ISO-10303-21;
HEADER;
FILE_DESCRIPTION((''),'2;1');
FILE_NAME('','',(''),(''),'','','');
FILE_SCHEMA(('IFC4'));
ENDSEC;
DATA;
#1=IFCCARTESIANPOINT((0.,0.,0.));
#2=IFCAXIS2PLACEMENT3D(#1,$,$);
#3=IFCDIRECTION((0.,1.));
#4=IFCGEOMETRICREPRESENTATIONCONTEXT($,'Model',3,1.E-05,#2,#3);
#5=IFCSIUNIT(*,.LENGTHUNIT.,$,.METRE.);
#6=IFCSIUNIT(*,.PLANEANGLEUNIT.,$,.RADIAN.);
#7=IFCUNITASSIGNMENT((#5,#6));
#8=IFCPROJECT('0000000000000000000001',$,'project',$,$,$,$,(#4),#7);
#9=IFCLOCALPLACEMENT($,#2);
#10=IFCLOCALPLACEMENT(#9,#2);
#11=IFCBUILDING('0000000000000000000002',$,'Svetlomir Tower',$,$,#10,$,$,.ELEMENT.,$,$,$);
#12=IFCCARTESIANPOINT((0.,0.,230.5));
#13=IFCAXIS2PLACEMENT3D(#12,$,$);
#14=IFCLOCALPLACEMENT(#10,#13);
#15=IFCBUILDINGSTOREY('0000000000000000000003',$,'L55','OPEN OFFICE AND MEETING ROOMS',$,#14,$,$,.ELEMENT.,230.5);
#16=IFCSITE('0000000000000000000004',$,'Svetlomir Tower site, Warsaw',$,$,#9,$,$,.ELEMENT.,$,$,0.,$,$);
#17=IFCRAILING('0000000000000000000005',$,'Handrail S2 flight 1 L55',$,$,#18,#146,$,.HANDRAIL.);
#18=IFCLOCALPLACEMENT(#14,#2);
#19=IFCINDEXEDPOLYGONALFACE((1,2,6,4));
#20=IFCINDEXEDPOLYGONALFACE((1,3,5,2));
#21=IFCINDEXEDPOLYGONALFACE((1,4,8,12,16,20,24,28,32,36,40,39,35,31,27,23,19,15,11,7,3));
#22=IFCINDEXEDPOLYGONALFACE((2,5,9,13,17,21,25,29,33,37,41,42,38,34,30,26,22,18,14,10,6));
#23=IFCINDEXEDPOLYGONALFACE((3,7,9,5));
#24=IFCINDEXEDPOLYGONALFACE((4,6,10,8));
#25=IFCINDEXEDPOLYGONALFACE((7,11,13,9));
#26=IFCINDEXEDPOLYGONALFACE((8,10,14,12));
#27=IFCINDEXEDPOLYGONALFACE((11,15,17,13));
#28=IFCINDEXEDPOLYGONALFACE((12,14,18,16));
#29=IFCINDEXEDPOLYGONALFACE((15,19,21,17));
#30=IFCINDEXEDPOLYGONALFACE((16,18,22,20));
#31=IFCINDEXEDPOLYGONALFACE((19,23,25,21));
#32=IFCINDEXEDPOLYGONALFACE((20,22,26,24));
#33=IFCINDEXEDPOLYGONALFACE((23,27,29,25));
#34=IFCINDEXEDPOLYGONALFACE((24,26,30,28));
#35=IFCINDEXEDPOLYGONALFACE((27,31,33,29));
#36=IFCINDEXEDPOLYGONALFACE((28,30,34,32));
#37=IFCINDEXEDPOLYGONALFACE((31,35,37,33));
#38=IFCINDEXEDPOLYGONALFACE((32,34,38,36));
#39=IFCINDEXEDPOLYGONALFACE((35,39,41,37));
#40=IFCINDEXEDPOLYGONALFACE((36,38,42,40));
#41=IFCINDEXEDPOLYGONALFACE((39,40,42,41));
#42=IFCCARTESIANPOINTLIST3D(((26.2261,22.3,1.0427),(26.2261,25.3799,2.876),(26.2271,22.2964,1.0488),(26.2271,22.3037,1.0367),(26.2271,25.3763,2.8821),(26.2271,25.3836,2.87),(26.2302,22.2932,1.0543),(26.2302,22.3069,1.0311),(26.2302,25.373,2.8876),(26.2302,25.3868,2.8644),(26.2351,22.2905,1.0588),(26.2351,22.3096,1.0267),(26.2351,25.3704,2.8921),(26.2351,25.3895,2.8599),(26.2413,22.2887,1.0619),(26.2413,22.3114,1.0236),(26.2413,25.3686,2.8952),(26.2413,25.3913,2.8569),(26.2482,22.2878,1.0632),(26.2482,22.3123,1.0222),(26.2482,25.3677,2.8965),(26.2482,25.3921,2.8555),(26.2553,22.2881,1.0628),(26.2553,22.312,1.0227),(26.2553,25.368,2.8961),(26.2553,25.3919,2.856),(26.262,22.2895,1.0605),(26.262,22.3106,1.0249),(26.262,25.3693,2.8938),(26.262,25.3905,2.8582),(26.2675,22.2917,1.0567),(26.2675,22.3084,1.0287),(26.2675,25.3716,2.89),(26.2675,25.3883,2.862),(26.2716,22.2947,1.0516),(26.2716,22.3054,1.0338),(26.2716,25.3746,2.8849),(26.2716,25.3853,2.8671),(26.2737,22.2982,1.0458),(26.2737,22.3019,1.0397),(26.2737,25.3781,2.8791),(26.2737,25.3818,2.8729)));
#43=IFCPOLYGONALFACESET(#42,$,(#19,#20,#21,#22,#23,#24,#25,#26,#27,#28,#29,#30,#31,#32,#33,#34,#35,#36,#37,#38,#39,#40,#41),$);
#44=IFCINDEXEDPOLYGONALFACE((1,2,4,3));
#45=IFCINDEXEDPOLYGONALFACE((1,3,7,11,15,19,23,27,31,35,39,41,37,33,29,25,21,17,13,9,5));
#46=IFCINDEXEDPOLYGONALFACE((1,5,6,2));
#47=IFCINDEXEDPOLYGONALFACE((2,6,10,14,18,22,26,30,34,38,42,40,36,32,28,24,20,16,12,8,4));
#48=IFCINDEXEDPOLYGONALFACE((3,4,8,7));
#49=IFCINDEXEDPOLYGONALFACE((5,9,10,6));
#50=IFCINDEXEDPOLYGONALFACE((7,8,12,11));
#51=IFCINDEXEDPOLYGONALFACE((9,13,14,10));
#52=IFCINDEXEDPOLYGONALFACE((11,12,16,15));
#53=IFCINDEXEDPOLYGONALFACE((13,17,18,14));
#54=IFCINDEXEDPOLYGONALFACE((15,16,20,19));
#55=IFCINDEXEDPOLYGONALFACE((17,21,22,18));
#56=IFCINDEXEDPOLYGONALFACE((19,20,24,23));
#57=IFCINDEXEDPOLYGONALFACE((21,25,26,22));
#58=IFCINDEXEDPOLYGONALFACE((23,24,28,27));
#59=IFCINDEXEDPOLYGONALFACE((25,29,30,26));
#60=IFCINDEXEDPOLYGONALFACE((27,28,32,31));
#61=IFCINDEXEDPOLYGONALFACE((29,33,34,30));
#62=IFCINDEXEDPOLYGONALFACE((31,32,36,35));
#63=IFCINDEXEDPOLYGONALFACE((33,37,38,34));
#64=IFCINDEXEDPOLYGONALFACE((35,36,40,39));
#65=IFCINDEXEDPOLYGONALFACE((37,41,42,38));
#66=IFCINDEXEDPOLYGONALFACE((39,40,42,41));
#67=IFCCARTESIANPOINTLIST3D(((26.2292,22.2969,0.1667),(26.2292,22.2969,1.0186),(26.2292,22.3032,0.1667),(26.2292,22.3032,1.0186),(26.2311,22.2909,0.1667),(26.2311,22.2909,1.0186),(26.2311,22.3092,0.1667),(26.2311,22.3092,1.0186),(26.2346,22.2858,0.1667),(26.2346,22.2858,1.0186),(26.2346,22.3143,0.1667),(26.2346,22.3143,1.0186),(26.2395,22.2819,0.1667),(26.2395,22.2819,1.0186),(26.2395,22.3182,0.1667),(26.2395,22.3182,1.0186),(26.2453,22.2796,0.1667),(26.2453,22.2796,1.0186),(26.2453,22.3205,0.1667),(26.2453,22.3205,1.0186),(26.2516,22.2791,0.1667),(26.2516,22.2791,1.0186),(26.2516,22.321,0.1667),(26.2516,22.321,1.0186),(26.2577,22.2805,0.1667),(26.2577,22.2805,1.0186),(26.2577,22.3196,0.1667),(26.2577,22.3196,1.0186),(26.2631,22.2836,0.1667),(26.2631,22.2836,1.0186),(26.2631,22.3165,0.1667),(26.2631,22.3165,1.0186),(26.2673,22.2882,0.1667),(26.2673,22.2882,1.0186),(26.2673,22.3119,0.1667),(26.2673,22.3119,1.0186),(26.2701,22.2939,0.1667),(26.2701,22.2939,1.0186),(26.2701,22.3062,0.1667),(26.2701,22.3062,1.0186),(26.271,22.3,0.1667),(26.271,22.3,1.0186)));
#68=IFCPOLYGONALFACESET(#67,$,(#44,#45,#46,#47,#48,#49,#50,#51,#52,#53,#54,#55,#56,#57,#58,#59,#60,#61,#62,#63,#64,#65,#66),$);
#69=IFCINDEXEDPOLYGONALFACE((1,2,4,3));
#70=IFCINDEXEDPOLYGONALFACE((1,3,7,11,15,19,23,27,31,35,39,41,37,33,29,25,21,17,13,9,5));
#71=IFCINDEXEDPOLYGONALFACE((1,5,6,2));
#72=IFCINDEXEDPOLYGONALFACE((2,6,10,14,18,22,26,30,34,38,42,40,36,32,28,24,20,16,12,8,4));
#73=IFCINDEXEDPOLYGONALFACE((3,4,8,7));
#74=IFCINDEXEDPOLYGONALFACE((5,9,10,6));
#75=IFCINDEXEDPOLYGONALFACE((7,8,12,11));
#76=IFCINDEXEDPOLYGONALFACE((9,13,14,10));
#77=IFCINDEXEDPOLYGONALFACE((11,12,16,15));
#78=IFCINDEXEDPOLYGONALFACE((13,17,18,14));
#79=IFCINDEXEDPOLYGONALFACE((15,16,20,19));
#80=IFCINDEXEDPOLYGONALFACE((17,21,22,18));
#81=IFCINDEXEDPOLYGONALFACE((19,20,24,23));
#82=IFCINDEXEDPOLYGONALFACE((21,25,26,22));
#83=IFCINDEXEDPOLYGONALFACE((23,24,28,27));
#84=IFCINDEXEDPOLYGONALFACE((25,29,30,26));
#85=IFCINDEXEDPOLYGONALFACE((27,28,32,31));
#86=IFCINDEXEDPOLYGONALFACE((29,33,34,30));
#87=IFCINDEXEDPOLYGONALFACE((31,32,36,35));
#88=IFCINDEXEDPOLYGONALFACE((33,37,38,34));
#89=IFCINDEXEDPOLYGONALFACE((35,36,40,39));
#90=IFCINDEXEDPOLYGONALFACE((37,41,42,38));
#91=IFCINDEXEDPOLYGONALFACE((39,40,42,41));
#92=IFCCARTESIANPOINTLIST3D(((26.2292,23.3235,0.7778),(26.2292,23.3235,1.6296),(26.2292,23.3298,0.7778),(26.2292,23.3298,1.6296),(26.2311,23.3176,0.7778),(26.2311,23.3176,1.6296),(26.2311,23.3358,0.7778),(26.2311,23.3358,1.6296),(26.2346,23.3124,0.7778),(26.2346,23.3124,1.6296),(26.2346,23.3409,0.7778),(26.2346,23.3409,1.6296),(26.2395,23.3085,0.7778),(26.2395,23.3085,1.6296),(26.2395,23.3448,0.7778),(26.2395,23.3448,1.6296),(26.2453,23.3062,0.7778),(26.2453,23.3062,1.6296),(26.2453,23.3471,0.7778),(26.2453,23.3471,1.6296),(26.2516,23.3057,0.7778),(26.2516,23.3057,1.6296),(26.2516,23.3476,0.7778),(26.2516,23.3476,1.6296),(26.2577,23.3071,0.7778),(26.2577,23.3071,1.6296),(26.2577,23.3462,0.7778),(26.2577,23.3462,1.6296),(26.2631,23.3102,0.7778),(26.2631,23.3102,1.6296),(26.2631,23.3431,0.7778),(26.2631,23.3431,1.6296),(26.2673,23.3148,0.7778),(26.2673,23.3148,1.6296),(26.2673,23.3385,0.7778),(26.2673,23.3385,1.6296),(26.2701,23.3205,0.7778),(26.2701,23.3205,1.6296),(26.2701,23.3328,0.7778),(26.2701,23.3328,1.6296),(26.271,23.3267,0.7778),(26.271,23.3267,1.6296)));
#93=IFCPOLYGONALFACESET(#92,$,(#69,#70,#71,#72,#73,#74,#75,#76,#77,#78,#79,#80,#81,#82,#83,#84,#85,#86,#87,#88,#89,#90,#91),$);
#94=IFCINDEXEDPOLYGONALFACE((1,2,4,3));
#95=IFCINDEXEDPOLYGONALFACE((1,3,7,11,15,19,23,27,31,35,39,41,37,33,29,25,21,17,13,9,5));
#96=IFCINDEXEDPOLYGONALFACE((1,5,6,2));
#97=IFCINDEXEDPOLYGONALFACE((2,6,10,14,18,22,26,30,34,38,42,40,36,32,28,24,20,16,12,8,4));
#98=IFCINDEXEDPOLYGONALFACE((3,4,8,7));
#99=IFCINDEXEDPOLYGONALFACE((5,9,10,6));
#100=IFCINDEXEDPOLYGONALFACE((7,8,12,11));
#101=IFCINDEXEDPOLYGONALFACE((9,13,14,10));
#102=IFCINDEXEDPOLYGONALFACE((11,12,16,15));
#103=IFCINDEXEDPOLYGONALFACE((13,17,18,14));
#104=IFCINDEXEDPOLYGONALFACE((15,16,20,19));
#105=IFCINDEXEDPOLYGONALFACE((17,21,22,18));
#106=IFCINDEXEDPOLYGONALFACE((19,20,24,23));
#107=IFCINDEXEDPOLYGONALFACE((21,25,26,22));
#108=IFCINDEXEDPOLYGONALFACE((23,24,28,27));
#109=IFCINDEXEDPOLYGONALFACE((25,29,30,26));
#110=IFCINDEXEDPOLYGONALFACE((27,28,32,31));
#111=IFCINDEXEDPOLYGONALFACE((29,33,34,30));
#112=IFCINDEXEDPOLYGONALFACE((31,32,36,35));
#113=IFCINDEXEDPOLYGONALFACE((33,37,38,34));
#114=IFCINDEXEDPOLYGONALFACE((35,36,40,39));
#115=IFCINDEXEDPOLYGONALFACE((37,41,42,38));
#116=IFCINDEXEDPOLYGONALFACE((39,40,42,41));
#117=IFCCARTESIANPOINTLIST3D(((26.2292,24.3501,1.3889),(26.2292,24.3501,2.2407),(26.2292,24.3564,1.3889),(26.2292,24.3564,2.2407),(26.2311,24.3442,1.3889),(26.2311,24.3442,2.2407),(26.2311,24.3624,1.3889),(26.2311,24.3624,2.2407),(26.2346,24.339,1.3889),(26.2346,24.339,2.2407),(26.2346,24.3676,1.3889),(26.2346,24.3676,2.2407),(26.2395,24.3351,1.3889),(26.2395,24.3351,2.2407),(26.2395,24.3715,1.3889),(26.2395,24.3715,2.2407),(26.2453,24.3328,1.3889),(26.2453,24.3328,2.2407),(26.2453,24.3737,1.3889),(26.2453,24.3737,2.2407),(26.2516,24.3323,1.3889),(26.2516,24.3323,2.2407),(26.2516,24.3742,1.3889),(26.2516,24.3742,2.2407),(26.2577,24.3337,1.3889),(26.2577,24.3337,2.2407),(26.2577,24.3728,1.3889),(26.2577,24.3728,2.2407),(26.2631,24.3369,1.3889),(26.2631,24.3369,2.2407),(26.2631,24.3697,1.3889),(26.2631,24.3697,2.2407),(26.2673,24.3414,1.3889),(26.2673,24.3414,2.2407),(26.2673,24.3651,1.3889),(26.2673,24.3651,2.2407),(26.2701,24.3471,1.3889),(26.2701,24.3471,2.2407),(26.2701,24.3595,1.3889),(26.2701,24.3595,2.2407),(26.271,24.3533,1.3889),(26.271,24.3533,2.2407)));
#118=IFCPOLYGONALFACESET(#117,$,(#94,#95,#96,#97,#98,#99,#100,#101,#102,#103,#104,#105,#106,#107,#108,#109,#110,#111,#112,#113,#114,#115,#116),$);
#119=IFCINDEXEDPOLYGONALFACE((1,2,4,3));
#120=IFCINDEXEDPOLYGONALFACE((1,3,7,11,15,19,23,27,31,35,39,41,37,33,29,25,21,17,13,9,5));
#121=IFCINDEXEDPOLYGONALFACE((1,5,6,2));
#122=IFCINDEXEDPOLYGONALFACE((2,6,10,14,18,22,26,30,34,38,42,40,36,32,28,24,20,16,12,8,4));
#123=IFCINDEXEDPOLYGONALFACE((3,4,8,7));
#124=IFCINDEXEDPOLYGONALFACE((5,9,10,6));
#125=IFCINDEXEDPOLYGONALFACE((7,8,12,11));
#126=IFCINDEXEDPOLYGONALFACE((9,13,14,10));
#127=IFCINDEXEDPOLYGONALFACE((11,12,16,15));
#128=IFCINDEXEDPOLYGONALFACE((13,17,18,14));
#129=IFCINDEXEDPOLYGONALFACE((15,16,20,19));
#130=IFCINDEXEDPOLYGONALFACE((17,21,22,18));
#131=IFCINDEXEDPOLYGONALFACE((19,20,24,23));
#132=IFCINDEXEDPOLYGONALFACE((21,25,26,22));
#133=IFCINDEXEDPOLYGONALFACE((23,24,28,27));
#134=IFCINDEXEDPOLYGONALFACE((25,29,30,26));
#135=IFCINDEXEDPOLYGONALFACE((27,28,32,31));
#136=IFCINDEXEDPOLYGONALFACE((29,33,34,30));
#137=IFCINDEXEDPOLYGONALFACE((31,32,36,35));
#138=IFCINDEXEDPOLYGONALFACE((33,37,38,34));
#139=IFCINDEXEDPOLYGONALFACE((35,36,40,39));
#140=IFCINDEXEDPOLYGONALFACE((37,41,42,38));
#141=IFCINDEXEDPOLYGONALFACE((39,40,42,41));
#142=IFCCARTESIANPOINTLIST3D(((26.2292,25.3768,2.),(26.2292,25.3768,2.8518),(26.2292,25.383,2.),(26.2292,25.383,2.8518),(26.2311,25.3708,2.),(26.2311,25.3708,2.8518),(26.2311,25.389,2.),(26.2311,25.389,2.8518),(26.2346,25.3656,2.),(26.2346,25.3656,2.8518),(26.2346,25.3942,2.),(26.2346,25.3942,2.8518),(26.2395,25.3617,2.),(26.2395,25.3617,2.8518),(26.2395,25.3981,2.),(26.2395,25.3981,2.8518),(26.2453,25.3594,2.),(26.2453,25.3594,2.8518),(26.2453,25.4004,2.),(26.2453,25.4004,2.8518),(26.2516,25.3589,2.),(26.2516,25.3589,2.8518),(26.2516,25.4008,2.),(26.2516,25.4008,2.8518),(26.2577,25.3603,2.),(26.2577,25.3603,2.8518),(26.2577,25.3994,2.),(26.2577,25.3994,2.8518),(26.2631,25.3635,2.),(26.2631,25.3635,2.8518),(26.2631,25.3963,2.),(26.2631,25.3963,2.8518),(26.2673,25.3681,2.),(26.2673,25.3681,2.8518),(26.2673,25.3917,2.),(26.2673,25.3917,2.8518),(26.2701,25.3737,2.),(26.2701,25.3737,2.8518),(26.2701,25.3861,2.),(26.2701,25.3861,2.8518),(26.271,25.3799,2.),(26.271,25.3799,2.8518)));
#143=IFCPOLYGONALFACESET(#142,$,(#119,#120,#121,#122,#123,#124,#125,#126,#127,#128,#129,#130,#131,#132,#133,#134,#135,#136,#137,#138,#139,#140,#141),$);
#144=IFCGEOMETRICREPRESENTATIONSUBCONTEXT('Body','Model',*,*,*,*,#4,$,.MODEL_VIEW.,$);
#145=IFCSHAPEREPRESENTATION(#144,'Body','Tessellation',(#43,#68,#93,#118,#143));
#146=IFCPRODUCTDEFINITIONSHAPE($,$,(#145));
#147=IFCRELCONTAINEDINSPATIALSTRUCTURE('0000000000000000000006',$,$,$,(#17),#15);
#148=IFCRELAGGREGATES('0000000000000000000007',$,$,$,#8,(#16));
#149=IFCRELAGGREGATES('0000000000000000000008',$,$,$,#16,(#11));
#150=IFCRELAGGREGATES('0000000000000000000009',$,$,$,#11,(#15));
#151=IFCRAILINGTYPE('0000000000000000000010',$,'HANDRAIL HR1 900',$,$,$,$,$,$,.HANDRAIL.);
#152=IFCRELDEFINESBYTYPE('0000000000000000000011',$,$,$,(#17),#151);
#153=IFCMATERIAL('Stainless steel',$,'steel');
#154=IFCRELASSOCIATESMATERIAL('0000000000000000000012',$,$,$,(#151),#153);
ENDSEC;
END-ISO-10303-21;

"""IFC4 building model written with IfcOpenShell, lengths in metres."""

from ifc_helpers import new_model, si_unit, direction, frame, origin, origin_2d, place, context, subcontext, project, spatial, circle, extrude, material, type_object, element, save


model = new_model("IFC4")

# Units and contexts
model_context = context("Model", 3, precision=1e-05, world=origin(), true_north=direction((0.0, 1.0)))
body_context = subcontext(model_context, "Body", "Model", "MODEL_VIEW")
ifc_project = project(units=[si_unit("LENGTHUNIT", "METRE"), si_unit("PLANEANGLEUNIT", "RADIAN")], contexts=[model_context])

# Site, building, storey
site_placement = place(None, origin())
site = spatial("IfcSite", under=ifc_project, at=site_placement, Name="Svetlomir Tower site, Warsaw", CompositionType="ELEMENT", RefElevation=0.0)
building_placement = place(site_placement, origin())
building = spatial("IfcBuilding", under=site, at=building_placement, Name="Svetlomir Tower", CompositionType="ELEMENT")
storey_placement = place(building_placement, frame((0.0, 0.0, 230.5)))
storey = spatial("IfcBuildingStorey", under=building, at=storey_placement, Name="L55", Description="OPEN OFFICE AND MEETING ROOMS", CompositionType="ELEMENT", Elevation=230.5)

# Railing
ifc_material_1 = material(Name="Stainless steel", Category="steel")
railing_type = type_object("IfcRailingType", Name="HANDRAIL HR1 900", PredefinedType="HANDRAIL", material=ifc_material_1)
railing_1_placement = place(storey_placement, frame((26.25, 22.3, 0.1667)))
element("IfcRailing", 1, at=railing_1_placement, inside=storey, type_object=railing_type, Name="Handrail S2 flight 1 L55", PredefinedType="HANDRAIL", context=body_context, shape_type="SweptSolid", body=[
    extrude(circle(Radius=0.0239, at=origin_2d()), frame((0.0, 0.0, 0.876), z_axis=(0.0, 0.859291, 0.511487), x_axis=(-1.0, 0.0, 0.0)), (0.0, 0.0, 1.0), 3.5842),
    extrude(circle(Radius=0.021, at=origin_2d()), origin(), (0.0, 0.0, 1.0), 0.8518),
    extrude(circle(Radius=0.021, at=origin_2d()), frame((0.0, 1.0266, 0.6111)), (0.0, 0.0, 1.0), 0.8518),
    extrude(circle(Radius=0.021, at=origin_2d()), frame((0.0, 2.0532, 1.2222)), (0.0, 0.0, 1.0), 0.8518),
    extrude(circle(Radius=0.021, at=origin_2d()), frame((0.0, 3.0798, 1.8333)), (0.0, 0.0, 1.0), 0.8518),
])

save(model, "model.ifc")
